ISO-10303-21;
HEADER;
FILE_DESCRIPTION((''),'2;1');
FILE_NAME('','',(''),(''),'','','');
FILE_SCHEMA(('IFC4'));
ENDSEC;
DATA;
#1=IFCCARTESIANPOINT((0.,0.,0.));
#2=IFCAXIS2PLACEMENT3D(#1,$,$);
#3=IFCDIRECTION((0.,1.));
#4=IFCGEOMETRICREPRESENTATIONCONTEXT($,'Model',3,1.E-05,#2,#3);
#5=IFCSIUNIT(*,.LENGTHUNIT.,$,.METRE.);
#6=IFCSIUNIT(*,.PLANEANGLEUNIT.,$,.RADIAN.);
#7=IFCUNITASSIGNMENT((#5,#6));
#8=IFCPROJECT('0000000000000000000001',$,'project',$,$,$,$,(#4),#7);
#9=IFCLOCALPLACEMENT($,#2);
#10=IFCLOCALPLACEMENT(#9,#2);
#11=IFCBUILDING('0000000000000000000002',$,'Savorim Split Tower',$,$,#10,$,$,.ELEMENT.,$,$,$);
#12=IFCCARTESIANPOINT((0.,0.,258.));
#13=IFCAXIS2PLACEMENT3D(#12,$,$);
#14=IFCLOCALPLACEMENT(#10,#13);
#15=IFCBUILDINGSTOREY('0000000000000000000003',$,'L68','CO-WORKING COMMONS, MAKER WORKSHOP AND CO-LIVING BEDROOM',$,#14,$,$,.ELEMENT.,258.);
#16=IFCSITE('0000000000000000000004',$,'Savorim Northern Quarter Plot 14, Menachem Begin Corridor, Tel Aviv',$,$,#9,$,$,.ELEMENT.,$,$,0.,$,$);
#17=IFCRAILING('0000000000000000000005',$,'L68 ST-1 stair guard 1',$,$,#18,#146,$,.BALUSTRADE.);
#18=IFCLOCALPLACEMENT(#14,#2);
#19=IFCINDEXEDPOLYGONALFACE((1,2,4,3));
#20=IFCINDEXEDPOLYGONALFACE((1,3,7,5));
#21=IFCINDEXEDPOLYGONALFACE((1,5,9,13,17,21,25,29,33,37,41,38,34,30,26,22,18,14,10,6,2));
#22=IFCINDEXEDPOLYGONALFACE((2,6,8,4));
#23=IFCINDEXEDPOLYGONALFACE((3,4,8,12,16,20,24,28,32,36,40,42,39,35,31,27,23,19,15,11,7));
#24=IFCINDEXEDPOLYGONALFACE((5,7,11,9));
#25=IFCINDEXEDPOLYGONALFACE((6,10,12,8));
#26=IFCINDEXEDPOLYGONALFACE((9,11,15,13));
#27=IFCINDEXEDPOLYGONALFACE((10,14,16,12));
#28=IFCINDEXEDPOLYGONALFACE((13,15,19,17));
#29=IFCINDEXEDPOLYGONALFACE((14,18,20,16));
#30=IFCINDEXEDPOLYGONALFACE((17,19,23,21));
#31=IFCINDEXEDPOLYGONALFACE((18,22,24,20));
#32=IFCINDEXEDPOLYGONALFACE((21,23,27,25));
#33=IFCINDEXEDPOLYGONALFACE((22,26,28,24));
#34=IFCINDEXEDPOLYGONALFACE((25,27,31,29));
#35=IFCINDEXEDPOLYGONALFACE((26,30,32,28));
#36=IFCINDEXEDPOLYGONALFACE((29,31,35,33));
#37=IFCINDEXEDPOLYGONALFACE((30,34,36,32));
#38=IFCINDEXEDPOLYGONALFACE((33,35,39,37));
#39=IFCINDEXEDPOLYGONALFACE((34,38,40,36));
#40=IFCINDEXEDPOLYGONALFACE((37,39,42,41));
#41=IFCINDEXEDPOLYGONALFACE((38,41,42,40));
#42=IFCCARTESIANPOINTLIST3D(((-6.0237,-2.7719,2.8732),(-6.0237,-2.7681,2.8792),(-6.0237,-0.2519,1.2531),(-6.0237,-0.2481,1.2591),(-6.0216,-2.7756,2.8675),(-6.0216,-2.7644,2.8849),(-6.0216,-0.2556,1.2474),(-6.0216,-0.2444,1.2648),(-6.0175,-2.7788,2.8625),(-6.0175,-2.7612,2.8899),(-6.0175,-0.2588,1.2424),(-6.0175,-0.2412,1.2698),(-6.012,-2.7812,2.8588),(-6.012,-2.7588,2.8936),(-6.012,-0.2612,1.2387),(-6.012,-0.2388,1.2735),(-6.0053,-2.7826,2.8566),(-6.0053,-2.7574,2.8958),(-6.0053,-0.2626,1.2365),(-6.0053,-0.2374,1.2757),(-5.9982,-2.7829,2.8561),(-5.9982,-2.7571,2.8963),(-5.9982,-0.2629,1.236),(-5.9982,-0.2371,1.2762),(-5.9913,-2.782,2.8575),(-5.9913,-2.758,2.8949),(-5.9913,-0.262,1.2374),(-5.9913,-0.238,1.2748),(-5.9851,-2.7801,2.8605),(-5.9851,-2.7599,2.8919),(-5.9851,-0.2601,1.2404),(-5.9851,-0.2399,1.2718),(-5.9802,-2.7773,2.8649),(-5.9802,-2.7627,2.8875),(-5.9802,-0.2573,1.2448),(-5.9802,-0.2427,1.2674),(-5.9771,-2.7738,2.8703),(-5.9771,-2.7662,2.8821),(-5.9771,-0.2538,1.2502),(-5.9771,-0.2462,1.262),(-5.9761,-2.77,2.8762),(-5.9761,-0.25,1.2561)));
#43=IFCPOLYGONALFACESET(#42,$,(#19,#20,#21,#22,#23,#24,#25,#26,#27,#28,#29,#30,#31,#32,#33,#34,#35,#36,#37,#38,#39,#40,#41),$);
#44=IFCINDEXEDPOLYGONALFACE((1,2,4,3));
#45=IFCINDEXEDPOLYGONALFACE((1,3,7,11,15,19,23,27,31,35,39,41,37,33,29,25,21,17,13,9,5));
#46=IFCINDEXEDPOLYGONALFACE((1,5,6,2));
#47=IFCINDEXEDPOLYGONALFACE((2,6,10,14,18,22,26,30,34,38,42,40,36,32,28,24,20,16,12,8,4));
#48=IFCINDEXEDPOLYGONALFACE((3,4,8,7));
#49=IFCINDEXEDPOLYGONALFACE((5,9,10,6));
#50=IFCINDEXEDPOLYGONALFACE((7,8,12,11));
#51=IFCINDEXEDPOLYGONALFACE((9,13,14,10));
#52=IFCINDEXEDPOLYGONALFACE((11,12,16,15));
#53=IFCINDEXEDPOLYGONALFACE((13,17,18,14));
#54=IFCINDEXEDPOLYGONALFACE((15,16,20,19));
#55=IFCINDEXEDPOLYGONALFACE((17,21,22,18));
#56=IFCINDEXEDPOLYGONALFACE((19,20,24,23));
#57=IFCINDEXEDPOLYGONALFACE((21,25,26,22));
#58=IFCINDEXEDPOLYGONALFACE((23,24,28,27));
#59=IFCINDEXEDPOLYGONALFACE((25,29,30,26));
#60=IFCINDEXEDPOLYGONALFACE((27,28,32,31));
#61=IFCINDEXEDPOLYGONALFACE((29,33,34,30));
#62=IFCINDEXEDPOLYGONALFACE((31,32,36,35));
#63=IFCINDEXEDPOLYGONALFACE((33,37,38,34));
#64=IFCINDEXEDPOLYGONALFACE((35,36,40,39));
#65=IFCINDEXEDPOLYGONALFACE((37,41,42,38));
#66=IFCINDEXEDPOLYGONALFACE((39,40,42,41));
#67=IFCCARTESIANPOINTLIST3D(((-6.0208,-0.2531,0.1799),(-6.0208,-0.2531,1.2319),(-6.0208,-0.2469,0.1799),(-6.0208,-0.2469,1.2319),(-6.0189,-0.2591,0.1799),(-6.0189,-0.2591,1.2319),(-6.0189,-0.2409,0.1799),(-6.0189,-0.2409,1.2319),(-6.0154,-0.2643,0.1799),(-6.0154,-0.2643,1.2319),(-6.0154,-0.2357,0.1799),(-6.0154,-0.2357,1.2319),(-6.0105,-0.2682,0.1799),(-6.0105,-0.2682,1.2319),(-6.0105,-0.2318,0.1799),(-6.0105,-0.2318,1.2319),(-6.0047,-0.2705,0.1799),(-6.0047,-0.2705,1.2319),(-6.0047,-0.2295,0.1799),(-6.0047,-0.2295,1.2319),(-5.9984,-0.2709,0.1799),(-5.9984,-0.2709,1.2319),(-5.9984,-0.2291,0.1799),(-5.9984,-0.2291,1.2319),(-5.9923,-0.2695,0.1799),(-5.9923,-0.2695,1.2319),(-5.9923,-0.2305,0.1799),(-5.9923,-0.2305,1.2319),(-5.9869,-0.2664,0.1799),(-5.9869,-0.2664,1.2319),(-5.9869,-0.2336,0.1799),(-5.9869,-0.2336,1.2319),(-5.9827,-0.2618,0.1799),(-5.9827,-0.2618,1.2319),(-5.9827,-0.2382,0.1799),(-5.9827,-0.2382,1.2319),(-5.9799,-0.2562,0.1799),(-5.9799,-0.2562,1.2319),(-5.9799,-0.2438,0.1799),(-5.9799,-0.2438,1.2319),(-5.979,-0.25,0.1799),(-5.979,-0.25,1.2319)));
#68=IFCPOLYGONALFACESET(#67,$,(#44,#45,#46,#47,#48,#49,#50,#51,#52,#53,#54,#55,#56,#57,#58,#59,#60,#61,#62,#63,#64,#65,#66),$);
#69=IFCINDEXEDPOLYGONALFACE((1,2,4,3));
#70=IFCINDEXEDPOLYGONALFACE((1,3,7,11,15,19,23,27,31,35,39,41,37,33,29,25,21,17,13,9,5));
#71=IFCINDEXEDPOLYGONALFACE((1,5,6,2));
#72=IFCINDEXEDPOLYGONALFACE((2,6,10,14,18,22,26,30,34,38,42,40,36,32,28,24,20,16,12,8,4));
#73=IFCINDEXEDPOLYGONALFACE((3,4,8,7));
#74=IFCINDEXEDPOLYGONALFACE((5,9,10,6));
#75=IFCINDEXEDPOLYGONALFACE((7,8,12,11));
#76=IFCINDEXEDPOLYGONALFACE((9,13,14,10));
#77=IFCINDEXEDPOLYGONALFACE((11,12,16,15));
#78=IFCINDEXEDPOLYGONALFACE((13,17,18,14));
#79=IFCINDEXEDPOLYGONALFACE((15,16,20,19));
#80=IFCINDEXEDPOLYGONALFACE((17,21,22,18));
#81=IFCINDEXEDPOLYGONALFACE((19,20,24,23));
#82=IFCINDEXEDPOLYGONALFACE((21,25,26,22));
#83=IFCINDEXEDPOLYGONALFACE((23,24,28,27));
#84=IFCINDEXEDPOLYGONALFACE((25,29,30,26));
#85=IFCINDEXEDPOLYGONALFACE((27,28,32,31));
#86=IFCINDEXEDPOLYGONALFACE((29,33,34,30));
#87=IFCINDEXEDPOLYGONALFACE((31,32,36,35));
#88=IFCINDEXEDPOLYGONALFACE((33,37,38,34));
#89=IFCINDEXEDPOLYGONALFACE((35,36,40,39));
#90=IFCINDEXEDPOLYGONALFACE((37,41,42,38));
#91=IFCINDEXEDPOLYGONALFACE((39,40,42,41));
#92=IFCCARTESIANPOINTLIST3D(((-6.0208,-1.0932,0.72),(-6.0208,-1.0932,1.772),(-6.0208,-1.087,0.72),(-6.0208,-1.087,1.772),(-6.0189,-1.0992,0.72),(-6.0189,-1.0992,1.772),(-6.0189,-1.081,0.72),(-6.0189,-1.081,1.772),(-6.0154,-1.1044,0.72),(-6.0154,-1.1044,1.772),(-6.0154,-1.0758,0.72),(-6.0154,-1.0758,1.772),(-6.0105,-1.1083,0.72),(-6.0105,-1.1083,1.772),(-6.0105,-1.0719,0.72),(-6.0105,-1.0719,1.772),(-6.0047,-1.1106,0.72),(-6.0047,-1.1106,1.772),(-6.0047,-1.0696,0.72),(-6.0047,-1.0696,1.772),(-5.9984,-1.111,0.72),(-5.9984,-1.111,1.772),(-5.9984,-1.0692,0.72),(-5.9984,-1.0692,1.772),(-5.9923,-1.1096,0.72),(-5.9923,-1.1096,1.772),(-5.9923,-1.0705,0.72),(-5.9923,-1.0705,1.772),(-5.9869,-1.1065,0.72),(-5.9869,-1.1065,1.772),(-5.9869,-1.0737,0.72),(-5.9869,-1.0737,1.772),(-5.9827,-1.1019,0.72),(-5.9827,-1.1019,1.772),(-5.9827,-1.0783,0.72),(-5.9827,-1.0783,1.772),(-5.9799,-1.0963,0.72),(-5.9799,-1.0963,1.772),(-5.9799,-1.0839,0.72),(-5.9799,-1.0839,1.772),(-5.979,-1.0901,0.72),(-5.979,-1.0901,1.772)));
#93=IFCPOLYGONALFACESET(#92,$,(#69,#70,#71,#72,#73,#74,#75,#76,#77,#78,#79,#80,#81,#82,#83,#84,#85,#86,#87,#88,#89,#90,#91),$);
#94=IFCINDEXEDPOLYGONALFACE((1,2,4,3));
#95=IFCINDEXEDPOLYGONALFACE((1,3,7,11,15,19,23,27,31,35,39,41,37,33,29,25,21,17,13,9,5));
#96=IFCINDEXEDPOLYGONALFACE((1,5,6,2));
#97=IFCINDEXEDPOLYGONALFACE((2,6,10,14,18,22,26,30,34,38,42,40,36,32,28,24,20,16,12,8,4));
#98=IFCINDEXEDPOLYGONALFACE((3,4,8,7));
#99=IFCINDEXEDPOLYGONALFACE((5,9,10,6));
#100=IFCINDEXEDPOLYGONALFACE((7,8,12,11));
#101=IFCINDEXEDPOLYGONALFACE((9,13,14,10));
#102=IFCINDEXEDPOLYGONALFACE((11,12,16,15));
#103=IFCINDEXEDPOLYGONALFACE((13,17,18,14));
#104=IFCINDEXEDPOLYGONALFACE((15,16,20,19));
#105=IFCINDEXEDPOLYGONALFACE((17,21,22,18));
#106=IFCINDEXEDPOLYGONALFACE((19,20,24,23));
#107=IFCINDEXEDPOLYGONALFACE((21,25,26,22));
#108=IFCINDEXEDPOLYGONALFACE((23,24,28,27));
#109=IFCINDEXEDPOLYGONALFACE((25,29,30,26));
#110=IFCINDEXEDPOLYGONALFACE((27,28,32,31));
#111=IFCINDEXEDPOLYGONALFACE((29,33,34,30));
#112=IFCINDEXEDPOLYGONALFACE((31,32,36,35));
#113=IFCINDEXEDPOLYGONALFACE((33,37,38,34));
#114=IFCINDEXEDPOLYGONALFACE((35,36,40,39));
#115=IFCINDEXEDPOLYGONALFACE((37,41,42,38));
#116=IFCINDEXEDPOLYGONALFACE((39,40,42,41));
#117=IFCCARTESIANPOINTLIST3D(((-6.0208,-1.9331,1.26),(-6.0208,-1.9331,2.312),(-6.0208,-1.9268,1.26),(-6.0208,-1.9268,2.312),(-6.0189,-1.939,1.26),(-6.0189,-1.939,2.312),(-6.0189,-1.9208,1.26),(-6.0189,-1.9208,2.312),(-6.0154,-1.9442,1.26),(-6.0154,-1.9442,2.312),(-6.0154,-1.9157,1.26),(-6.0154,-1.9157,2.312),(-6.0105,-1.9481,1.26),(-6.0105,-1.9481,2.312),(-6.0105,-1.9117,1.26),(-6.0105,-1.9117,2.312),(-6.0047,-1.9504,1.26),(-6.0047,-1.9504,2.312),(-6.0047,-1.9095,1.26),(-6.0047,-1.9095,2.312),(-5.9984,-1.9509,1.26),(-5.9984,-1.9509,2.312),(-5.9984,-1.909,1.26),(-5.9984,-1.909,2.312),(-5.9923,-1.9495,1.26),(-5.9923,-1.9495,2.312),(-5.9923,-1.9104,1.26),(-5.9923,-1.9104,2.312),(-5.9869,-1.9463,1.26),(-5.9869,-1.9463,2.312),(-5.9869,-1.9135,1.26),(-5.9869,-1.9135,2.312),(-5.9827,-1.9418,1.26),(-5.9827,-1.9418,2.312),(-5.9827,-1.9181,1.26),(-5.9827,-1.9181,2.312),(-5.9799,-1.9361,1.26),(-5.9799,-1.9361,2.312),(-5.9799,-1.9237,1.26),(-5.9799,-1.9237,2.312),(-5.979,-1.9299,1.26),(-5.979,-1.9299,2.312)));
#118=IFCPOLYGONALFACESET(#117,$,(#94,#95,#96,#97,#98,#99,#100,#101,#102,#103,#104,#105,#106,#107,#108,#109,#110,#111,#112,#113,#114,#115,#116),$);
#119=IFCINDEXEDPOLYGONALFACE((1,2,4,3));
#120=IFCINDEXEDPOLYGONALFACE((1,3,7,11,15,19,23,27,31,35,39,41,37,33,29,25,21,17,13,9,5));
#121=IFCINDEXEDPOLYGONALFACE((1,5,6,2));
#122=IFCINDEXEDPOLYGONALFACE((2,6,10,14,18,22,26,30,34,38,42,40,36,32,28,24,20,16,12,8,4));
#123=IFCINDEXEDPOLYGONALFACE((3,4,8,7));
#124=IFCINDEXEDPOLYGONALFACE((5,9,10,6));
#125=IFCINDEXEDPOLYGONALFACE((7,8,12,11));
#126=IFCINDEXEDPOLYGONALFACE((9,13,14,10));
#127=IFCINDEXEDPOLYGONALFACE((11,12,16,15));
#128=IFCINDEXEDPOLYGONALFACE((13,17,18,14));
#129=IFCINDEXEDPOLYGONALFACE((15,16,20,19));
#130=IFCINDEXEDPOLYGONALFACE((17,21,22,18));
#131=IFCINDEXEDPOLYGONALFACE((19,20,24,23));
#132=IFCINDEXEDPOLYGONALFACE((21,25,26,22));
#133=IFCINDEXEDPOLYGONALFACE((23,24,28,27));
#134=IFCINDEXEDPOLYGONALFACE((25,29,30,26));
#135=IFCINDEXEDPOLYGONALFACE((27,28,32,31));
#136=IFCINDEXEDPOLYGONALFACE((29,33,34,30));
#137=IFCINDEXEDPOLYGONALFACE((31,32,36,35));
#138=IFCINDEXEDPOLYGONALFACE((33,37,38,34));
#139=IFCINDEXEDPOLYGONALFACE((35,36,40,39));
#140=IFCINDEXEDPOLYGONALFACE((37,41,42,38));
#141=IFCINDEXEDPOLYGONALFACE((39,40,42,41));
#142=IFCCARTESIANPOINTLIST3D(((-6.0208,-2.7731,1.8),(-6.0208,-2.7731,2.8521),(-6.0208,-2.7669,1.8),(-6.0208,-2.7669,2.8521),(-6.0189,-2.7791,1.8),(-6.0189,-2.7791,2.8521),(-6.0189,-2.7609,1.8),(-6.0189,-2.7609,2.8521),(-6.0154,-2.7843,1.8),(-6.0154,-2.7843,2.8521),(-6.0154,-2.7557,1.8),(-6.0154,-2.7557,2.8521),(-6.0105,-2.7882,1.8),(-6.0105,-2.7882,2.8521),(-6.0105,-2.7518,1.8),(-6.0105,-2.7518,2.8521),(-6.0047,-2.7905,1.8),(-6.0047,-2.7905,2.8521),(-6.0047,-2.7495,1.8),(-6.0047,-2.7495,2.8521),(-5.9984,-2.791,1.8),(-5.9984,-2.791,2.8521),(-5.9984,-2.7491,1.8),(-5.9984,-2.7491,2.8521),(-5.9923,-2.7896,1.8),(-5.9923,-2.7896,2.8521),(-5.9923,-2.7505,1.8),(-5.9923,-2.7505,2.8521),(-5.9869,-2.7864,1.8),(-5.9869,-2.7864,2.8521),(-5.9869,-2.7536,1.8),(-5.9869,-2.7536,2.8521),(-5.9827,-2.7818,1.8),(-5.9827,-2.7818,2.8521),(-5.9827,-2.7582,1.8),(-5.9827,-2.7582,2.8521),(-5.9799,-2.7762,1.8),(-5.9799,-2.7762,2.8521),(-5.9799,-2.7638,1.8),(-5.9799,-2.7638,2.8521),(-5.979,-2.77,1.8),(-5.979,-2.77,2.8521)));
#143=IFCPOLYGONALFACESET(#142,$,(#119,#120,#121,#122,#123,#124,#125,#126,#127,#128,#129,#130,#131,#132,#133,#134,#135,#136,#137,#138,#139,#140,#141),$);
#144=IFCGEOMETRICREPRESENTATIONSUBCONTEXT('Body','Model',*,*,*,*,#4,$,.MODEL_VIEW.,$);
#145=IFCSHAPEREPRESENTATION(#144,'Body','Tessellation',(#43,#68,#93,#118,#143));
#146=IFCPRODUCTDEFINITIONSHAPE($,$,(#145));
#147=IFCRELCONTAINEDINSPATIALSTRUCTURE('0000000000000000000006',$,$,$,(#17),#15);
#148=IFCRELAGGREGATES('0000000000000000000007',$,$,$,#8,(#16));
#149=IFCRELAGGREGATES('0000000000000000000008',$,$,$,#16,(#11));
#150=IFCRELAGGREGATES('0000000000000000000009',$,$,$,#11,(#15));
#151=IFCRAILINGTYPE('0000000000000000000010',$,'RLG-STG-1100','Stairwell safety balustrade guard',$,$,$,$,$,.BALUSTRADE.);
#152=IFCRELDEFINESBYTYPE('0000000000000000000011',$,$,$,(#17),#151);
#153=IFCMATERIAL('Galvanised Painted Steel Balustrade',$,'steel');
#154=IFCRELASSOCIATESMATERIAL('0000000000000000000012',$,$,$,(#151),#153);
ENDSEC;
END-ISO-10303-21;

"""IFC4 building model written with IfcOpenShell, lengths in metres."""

from ifc_helpers import new_model, si_unit, direction, frame, origin, origin_2d, place, context, subcontext, project, spatial, circle, extrude, material, type_object, element, save


model = new_model("IFC4")

# Units and contexts
model_context = context("Model", 3, precision=1e-05, world=origin(), true_north=direction((0.0, 1.0)))
body_context = subcontext(model_context, "Body", "Model", "MODEL_VIEW")
ifc_project = project(units=[si_unit("LENGTHUNIT", "METRE"), si_unit("PLANEANGLEUNIT", "RADIAN")], contexts=[model_context])

# Site, building, storey
site_placement = place(None, origin())
site = spatial("IfcSite", under=ifc_project, at=site_placement, Name="Savorim Northern Quarter Plot 14, Menachem Begin Corridor, Tel Aviv", CompositionType="ELEMENT", RefElevation=0.0)
building_placement = place(site_placement, origin())
building = spatial("IfcBuilding", under=site, at=building_placement, Name="Savorim Split Tower", CompositionType="ELEMENT")
storey_placement = place(building_placement, frame((0.0, 0.0, 258.0)))
storey = spatial("IfcBuildingStorey", under=building, at=storey_placement, Name="L68", Description="CO-WORKING COMMONS, MAKER WORKSHOP AND CO-LIVING BEDROOM", CompositionType="ELEMENT", Elevation=258.0)

# Railing
ifc_material_1 = material(Name="Galvanised Painted Steel Balustrade", Category="steel")
railing_type_1 = type_object("IfcRailingType", Name="RLG-STG-1100", Description="Stairwell safety balustrade guard", PredefinedType="BALUSTRADE", material=ifc_material_1)
railing_1_placement = place(storey_placement, frame((-6.0, -0.25, 0.1799)))
element("IfcRailing", 1, at=railing_1_placement, inside=storey, type_object=railing_type_1, Name="L68 ST-1 stair guard 1", PredefinedType="BALUSTRADE", context=body_context, shape_type="SweptSolid", body=[
    extrude(circle(Radius=0.0239, at=origin_2d()), frame((0.0, 0.0, 1.0762), z_axis=(0.0, -0.841163, 0.540782), x_axis=(1.0, 0.0, 0.0)), (0.0, 0.0, 1.0), 2.9958),
    extrude(circle(Radius=0.021, at=origin_2d()), origin(), (0.0, 0.0, 1.0), 1.052),
    extrude(circle(Radius=0.021, at=origin_2d()), frame((0.0, -0.8401, 0.54)), (0.0, 0.0, 1.0), 1.052),
    extrude(circle(Radius=0.021, at=origin_2d()), frame((0.0, -1.6799, 1.0801)), (0.0, 0.0, 1.0), 1.052),
    extrude(circle(Radius=0.021, at=origin_2d()), frame((0.0, -2.52, 1.6201)), (0.0, 0.0, 1.0), 1.052),
])

save(model, "model.ifc")
